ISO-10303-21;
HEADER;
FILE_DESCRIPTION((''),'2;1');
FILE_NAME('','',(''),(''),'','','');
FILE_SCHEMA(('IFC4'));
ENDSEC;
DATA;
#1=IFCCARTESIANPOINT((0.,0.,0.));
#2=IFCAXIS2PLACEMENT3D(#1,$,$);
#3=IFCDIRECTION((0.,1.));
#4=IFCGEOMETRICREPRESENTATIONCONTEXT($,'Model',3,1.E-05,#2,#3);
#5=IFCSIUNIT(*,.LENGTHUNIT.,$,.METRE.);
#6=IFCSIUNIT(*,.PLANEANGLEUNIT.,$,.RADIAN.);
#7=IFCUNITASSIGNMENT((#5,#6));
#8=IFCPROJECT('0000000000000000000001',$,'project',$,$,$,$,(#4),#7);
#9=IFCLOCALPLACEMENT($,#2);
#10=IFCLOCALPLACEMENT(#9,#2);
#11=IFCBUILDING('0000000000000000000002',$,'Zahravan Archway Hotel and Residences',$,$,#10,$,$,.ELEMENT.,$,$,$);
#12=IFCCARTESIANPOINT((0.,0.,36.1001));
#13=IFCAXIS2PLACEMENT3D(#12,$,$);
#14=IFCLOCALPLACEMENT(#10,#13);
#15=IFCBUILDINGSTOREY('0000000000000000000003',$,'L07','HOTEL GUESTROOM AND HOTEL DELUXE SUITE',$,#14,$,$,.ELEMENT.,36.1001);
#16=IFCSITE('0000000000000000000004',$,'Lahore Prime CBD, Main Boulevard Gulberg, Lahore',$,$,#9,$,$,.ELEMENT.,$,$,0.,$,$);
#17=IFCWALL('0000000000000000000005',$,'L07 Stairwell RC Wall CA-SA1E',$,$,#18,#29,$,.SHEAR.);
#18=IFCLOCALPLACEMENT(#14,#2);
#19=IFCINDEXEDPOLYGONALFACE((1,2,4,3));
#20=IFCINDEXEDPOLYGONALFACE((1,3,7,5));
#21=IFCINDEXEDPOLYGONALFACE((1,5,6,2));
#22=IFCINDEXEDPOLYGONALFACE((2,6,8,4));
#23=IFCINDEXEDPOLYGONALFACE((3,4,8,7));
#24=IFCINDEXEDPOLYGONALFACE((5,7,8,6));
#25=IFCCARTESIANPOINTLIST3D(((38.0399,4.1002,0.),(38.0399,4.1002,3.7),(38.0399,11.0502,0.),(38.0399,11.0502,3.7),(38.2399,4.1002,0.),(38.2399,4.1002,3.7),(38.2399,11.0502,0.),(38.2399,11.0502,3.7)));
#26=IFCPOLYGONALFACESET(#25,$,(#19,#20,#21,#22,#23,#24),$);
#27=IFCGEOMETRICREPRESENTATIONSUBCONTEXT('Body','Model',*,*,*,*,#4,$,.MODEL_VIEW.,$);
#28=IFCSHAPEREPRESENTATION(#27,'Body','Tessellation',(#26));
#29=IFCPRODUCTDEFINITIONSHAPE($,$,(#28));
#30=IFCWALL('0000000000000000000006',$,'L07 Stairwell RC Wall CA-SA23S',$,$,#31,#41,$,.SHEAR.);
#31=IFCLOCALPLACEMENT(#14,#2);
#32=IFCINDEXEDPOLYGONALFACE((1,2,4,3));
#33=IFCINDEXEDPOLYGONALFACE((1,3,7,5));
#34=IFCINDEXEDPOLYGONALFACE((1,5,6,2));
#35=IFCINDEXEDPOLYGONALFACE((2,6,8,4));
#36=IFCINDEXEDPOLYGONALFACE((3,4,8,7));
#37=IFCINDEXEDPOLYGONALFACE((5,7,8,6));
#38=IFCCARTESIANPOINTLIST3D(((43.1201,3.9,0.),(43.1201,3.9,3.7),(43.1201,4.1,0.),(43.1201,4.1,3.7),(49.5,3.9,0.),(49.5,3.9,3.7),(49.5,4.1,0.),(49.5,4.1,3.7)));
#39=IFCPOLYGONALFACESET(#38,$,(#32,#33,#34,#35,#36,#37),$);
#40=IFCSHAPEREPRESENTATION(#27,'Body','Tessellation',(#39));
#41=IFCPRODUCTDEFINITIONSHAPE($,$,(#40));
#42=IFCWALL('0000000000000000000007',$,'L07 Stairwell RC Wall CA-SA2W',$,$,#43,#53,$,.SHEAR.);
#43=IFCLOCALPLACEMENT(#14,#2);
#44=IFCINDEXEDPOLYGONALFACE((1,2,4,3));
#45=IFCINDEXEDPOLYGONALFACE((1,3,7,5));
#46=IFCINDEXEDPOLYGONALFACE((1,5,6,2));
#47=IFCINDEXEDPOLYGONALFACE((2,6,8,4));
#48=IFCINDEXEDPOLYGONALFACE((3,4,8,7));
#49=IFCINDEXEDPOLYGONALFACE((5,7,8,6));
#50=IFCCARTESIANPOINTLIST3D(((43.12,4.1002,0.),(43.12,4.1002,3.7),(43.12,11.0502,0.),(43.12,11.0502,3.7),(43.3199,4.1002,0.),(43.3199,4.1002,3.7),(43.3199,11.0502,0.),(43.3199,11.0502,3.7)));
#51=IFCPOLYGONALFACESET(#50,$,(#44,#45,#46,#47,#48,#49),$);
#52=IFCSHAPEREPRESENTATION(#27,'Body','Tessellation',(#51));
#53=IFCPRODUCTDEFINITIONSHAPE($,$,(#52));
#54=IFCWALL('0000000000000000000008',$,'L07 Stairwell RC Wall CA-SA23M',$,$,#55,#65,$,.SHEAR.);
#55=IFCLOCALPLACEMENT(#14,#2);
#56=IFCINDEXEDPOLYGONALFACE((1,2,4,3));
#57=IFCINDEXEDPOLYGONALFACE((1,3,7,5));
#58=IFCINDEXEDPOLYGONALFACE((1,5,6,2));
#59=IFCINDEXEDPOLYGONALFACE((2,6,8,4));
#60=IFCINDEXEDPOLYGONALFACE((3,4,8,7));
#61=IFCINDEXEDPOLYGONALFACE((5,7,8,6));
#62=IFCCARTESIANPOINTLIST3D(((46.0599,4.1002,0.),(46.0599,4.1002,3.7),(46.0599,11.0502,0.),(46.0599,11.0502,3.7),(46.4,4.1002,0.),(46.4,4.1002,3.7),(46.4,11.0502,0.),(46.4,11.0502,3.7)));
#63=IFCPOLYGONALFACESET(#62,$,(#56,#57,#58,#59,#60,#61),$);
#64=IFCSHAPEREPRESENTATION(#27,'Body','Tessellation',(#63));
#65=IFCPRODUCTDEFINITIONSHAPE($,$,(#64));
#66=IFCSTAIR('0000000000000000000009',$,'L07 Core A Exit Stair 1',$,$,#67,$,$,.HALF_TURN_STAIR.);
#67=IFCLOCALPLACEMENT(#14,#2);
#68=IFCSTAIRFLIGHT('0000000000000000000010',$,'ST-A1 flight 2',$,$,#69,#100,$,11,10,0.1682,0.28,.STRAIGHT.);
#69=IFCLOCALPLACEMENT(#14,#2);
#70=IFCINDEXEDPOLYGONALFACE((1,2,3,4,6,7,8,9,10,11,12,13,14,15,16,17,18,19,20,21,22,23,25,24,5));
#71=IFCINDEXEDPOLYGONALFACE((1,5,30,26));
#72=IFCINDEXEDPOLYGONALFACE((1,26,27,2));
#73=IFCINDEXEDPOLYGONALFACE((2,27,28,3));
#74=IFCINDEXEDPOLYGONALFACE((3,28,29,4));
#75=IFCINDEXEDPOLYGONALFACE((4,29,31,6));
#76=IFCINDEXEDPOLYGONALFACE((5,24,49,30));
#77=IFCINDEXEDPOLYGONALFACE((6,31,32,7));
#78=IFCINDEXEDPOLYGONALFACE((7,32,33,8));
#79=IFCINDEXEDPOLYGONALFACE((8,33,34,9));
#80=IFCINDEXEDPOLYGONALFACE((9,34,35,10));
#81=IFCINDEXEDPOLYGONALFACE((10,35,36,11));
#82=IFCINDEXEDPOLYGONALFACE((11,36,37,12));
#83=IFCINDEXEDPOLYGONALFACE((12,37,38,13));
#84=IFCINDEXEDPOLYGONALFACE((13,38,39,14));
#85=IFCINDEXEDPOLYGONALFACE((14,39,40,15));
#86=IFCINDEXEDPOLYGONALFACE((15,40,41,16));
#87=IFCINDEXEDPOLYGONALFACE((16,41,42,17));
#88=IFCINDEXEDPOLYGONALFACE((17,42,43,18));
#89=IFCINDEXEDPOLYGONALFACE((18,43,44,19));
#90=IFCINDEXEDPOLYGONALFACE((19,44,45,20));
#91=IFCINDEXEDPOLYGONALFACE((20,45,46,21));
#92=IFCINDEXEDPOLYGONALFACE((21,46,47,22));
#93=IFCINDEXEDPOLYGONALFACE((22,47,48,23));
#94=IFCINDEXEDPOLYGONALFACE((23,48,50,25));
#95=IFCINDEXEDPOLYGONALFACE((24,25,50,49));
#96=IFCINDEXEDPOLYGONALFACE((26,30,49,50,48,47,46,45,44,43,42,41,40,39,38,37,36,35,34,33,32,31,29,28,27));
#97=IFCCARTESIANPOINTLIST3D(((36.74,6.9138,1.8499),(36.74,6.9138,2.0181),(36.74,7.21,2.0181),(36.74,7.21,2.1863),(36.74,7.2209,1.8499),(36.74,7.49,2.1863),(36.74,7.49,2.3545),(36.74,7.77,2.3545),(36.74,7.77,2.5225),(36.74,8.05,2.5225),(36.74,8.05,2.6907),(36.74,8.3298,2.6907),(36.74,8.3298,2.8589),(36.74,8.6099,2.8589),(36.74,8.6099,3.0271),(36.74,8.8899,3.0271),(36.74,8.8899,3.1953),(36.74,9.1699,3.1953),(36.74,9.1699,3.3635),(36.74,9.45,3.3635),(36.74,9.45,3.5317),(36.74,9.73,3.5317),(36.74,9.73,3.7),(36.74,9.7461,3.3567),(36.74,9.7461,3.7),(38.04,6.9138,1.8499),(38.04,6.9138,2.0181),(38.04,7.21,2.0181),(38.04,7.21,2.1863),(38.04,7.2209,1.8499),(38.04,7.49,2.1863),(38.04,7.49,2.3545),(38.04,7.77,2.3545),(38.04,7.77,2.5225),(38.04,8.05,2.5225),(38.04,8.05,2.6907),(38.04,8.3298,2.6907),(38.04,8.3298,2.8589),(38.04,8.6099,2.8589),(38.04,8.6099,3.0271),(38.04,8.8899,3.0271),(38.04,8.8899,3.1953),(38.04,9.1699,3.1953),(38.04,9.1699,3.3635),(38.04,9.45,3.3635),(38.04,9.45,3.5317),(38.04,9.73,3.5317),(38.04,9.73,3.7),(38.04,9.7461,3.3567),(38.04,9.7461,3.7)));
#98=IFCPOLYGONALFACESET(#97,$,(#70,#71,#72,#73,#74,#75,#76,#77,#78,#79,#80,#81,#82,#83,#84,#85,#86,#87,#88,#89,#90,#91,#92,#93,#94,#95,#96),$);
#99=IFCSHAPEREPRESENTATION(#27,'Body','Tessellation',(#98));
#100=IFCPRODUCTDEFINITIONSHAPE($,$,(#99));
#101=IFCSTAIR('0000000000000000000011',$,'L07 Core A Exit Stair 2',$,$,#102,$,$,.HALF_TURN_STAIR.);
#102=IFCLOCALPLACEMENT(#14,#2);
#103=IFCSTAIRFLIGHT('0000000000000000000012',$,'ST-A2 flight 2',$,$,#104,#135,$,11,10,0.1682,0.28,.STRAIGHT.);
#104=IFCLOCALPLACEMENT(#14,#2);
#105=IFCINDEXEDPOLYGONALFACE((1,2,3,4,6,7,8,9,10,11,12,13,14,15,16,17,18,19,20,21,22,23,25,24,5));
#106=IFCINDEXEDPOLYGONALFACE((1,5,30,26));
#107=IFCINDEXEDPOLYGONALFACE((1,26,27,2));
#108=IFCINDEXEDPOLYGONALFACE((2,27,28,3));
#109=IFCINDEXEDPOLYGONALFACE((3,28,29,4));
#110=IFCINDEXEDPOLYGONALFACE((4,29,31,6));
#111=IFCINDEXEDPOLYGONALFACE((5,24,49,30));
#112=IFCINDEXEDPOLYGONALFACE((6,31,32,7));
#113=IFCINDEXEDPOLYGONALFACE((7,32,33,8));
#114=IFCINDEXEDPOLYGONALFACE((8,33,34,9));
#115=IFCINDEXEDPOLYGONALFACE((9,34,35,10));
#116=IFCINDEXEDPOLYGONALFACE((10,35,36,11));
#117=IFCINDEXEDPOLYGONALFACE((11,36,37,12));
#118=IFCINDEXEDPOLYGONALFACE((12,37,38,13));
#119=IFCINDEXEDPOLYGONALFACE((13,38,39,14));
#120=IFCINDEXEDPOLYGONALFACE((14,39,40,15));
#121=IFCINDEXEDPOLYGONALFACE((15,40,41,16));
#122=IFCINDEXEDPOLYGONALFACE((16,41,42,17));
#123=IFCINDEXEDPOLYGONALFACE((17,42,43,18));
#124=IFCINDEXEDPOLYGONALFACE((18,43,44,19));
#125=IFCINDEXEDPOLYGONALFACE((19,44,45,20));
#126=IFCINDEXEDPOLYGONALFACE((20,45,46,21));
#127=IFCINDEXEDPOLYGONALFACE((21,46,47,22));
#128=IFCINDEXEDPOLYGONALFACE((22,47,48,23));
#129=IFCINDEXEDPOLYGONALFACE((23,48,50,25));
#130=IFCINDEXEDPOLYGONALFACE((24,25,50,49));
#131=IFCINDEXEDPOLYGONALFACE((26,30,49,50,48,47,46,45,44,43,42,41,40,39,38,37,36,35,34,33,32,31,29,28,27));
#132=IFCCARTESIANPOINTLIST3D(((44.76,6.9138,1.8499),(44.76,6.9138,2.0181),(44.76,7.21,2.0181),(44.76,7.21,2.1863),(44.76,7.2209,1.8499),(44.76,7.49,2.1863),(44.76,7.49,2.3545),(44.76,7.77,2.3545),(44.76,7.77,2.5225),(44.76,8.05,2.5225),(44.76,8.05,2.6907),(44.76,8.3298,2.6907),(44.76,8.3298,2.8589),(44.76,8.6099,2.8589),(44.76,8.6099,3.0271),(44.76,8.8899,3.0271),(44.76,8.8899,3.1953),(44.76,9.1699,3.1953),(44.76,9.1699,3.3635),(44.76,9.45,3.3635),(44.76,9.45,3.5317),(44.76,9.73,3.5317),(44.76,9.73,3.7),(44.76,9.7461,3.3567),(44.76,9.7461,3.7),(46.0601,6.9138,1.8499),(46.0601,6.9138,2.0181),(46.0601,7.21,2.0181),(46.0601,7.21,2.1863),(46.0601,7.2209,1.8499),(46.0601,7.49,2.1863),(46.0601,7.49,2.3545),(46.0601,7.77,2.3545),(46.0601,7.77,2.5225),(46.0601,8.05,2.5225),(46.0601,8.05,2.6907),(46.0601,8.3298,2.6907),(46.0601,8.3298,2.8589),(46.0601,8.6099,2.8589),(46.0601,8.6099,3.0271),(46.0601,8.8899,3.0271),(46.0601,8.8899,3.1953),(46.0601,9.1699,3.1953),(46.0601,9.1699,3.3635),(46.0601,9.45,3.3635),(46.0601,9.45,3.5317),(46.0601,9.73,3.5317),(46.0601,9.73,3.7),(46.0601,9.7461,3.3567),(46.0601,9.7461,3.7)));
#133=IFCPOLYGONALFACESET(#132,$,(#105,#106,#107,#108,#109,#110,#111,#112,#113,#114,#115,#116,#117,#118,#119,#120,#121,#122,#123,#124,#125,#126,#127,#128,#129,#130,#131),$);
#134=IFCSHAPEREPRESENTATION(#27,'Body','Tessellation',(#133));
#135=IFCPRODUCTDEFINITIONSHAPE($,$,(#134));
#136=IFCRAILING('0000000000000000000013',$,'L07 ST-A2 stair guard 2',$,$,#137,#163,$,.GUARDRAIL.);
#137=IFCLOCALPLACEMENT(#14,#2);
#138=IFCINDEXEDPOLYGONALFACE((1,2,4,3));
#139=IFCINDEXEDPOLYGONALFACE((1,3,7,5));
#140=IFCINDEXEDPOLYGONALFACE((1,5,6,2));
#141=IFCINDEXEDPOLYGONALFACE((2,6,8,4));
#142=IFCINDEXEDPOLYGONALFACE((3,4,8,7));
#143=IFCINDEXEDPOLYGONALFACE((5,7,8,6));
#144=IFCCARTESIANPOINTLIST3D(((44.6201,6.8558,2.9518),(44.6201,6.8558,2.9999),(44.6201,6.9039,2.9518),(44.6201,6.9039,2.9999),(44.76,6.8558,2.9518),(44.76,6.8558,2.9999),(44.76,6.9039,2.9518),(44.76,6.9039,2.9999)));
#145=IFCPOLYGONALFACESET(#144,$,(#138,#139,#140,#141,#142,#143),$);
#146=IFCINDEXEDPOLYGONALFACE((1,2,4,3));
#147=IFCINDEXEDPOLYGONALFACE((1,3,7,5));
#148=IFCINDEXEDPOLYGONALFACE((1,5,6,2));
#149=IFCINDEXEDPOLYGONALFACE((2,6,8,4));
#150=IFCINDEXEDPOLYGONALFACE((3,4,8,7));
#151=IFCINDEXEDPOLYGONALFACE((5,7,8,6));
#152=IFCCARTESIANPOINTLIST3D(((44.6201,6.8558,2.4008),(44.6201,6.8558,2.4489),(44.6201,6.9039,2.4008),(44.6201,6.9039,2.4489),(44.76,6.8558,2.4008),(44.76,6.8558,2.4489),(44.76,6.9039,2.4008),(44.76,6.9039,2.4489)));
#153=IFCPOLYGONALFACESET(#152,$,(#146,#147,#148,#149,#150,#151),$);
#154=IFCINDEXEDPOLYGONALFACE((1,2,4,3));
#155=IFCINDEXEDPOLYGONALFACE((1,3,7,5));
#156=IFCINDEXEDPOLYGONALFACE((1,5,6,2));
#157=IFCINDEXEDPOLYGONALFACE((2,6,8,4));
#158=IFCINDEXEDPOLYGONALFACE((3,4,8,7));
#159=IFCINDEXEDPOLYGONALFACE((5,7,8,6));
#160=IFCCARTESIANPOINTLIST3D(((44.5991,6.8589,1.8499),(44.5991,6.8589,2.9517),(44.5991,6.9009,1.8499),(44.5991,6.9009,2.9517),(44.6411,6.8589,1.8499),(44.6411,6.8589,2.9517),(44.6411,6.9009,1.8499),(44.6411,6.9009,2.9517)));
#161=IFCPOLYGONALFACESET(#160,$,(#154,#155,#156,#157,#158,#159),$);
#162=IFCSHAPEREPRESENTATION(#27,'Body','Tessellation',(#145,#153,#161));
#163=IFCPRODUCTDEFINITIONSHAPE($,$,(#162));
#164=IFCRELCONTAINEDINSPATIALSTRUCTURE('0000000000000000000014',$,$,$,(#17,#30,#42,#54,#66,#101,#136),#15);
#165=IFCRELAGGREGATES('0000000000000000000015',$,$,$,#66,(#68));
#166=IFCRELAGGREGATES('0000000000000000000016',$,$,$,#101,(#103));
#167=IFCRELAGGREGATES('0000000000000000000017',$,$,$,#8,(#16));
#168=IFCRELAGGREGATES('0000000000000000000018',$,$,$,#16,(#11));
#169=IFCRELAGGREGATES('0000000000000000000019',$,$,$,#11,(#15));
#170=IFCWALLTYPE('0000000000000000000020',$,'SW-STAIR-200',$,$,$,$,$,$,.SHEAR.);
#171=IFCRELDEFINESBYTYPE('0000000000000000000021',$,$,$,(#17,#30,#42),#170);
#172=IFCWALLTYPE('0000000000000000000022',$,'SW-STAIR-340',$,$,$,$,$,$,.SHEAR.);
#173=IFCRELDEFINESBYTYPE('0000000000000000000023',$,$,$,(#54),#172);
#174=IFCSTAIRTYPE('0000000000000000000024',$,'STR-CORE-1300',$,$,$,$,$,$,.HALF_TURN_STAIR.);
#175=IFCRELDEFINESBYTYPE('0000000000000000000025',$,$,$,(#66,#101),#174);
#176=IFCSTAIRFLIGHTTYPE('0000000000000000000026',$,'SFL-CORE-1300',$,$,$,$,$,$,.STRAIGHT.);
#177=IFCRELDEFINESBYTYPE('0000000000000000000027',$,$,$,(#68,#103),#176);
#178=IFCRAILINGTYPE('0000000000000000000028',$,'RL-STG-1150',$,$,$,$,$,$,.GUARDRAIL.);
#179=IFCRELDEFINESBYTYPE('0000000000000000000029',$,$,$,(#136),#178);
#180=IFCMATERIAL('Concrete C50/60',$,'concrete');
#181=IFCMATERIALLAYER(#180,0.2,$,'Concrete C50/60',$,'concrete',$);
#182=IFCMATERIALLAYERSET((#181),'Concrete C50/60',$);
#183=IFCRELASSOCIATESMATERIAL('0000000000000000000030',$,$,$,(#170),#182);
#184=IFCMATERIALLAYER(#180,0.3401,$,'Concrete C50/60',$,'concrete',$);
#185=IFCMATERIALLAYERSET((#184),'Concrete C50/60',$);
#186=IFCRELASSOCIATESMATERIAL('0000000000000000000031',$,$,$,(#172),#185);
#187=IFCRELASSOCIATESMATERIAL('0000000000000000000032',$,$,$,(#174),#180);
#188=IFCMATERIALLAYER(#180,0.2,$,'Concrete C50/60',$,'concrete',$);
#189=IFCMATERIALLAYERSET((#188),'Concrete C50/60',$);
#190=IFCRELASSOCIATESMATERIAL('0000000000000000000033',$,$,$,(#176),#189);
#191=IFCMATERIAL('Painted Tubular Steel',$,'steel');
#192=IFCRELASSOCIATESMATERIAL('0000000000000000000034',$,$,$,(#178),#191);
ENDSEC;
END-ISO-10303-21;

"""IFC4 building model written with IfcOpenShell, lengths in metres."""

from ifc_helpers import new_model, si_unit, direction, frame, frame_2d, origin, origin_2d, place, context, subcontext, project, spatial, polyline, rectangle, outline, extrude, source, transform, mapped, material, layer, layer_set, type_object, element, aggregate, save


model = new_model("IFC4")

# Units and contexts
model_context = context("Model", 3, precision=1e-05, world=origin(), true_north=direction((0.0, 1.0)))
body_context = subcontext(model_context, "Body", "Model", "MODEL_VIEW")
ifc_project = project(units=[si_unit("LENGTHUNIT", "METRE"), si_unit("PLANEANGLEUNIT", "RADIAN")], contexts=[model_context])

# Site, building, storey
site_placement = place(None, origin())
site = spatial("IfcSite", under=ifc_project, at=site_placement, Name="Lahore Prime CBD, Main Boulevard Gulberg, Lahore", CompositionType="ELEMENT", RefElevation=0.0)
building_placement = place(site_placement, origin())
building = spatial("IfcBuilding", under=site, at=building_placement, Name="Zahravan Archway Hotel and Residences", CompositionType="ELEMENT")
storey_placement = place(building_placement, frame((0.0, 0.0, 36.1001)))
storey = spatial("IfcBuildingStorey", under=building, at=storey_placement, Name="L07", Description="HOTEL GUESTROOM AND HOTEL DELUXE SUITE", CompositionType="ELEMENT", Elevation=36.1001)

# Walls
ifc_material_1 = material(Name="Concrete C50/60", Category="concrete")
ifc_layer_1 = layer(ifc_material_1, 0.2, Name="Concrete C50/60", Category="concrete")
ifc_layer_set_1 = layer_set([ifc_layer_1], Name="Concrete C50/60")
wall_type_1 = type_object("IfcWallType", Name="SW-STAIR-200", PredefinedType="SHEAR", material=ifc_layer_set_1)
wall_1_placement = place(storey_placement, frame((38.1399, 4.1001, 0.0), z_axis=(0.0, 0.0, 1.0), x_axis=(0.0, 1.0, 0.0)))
element("IfcWall", 1, at=wall_1_placement, inside=storey, type_object=wall_type_1, Name="L07 Stairwell RC Wall CA-SA1E", PredefinedType="SHEAR", context=body_context, shape_type="SweptSolid", body=[
    extrude(rectangle(XDim=6.95, YDim=0.2, at=frame_2d((3.4751, 0.0))), origin(), (0.0, 0.0, 1.0), 3.7),
])
wall_2_placement = place(storey_placement, frame((43.1201, 4.0, 0.0), z_axis=(0.0, 0.0, 1.0), x_axis=(1.0, 0.0, 0.0)))
element("IfcWall", 2, at=wall_2_placement, inside=storey, type_object=wall_type_1, Name="L07 Stairwell RC Wall CA-SA23S", PredefinedType="SHEAR", context=body_context, shape_type="SweptSolid", body=[
    extrude(rectangle(XDim=6.3799, YDim=0.2, at=frame_2d((3.1899, 0.0))), origin(), (0.0, 0.0, 1.0), 3.7),
])
wall_3_placement = place(storey_placement, frame((43.22, 4.1001, 0.0), z_axis=(0.0, 0.0, 1.0), x_axis=(0.0, 1.0, 0.0)))
element("IfcWall", 3, at=wall_3_placement, inside=storey, type_object=wall_type_1, Name="L07 Stairwell RC Wall CA-SA2W", PredefinedType="SHEAR", context=body_context, shape_type="SweptSolid", body=[
    extrude(rectangle(XDim=6.95, YDim=0.2, at=frame_2d((3.4751, 0.0))), origin(), (0.0, 0.0, 1.0), 3.7),
])
ifc_layer_2 = layer(ifc_material_1, 0.3401, Name="Concrete C50/60", Category="concrete")
ifc_layer_set_2 = layer_set([ifc_layer_2], Name="Concrete C50/60")
wall_type_2 = type_object("IfcWallType", Name="SW-STAIR-340", PredefinedType="SHEAR", material=ifc_layer_set_2)
wall_4_placement = place(storey_placement, frame((46.23, 4.1001, 0.0), z_axis=(0.0, 0.0, 1.0), x_axis=(0.0, 1.0, 0.0)))
element("IfcWall", 4, at=wall_4_placement, inside=storey, type_object=wall_type_2, Name="L07 Stairwell RC Wall CA-SA23M", PredefinedType="SHEAR", context=body_context, shape_type="SweptSolid", body=[
    extrude(rectangle(XDim=6.95, YDim=0.3401, at=frame_2d((3.4751, 0.0))), origin(), (0.0, 0.0, 1.0), 3.7),
])

# Stairs, stair flights
stair_type = type_object("IfcStairType", Name="STR-CORE-1300", PredefinedType="HALF_TURN_STAIR", material=ifc_material_1)
stair_1_placement = place(storey_placement, origin())
stair_1 = element("IfcStair", 5, at=stair_1_placement, inside=storey, type_object=stair_type, Name="L07 Core A Exit Stair 1", PredefinedType="HALF_TURN_STAIR")
ifc_layer_3 = layer(ifc_material_1, 0.2, Name="Concrete C50/60", Category="concrete")
ifc_layer_set_3 = layer_set([ifc_layer_3], Name="Concrete C50/60")
stair_flight_type = type_object("IfcStairFlightType", Name="SFL-CORE-1300", PredefinedType="STRAIGHT", material=ifc_layer_set_3)
shared_shape_1 = source(origin(), body_context, "Body", "SweptSolid", [
    extrude(outline(polyline([(-0.0161, 0.0), (-0.0161, 0.1682), (0.28, 0.1682), (0.28, 0.3364), (0.5601, 0.3364), (0.5601, 0.5046), (0.8401, 0.5046), (0.8401, 0.6726), (1.1201, 0.6726), (1.1201, 0.8408), (1.3999, 0.8408), (1.3999, 1.009), (1.6799, 1.009), (1.6799, 1.1772), (1.96, 1.1772), (1.96, 1.3455), (2.24, 1.3455), (2.24, 1.5137), (2.52, 1.5137), (2.52, 1.6819), (2.8, 1.6819), (2.8, 1.8501), (2.8162, 1.8501), (2.8162, 1.5068), (0.291, 0.0), (-0.0161, 0.0)])), frame((0.0, 0.6499, 0.0), z_axis=(0.0, -1.0, 0.0), x_axis=(1.0, 0.0, 0.0)), (0.0, 0.0, 1.0), 1.3),
])
stair_flight_1_placement = place(storey_placement, frame((37.3899, 6.9299, 1.8499), z_axis=(0.0, 0.0, 1.0), x_axis=(0.0, 1.0, 0.0)))
stair_flight_1 = element("IfcStairFlight", 6, at=stair_flight_1_placement, type_object=stair_flight_type, Name="ST-A1 flight 2", NumberOfRisers=11, NumberOfTreads=10, PredefinedType="STRAIGHT", RiserHeight=0.1682, TreadLength=0.28, context=body_context, shape_type="MappedRepresentation", body=[
    mapped(shared_shape_1, transform((0.0, 0.0, 0.0), scale=1.0)),
])
aggregate(stair_1, [stair_flight_1])
stair_2_placement = place(storey_placement, origin())
stair_2 = element("IfcStair", 7, at=stair_2_placement, inside=storey, type_object=stair_type, Name="L07 Core A Exit Stair 2", PredefinedType="HALF_TURN_STAIR")
stair_flight_2_placement = place(storey_placement, frame((45.4099, 6.9299, 1.8499), z_axis=(0.0, 0.0, 1.0), x_axis=(0.0, 1.0, 0.0)))
stair_flight_2 = element("IfcStairFlight", 8, at=stair_flight_2_placement, type_object=stair_flight_type, Name="ST-A2 flight 2", NumberOfRisers=11, NumberOfTreads=10, PredefinedType="STRAIGHT", RiserHeight=0.1682, TreadLength=0.28, context=body_context, shape_type="MappedRepresentation", body=[
    mapped(shared_shape_1, transform((0.0, 0.0, 0.0), scale=1.0)),
])
aggregate(stair_2, [stair_flight_2])

# Railing
ifc_material_2 = material(Name="Painted Tubular Steel", Category="steel")
railing_type_1 = type_object("IfcRailingType", Name="RL-STG-1150", PredefinedType="GUARDRAIL", material=ifc_material_2)
railing_1_placement = place(storey_placement, frame((44.6201, 6.8799, 1.8499)))
element("IfcRailing", 9, at=railing_1_placement, inside=storey, type_object=railing_type_1, Name="L07 ST-A2 stair guard 2", PredefinedType="GUARDRAIL", context=body_context, shape_type="SweptSolid", body=[
    extrude(rectangle(XDim=0.0481, YDim=0.0481, at=origin_2d()), frame((0.0, 0.0, 1.126), z_axis=(1.0, 0.0, 0.0), x_axis=(0.0, 1.0, 0.0)), (0.0, 0.0, 1.0), 0.1399),
    extrude(rectangle(XDim=0.0481, YDim=0.0481, at=origin_2d()), frame((0.0, 0.0, 0.575), z_axis=(1.0, 0.0, 0.0), x_axis=(0.0, 1.0, 0.0)), (0.0, 0.0, 1.0), 0.1399),
    extrude(rectangle(XDim=0.042, YDim=0.042, at=origin_2d()), origin(), (0.0, 0.0, 1.0), 1.1018),
])

save(model, "model.ifc")
